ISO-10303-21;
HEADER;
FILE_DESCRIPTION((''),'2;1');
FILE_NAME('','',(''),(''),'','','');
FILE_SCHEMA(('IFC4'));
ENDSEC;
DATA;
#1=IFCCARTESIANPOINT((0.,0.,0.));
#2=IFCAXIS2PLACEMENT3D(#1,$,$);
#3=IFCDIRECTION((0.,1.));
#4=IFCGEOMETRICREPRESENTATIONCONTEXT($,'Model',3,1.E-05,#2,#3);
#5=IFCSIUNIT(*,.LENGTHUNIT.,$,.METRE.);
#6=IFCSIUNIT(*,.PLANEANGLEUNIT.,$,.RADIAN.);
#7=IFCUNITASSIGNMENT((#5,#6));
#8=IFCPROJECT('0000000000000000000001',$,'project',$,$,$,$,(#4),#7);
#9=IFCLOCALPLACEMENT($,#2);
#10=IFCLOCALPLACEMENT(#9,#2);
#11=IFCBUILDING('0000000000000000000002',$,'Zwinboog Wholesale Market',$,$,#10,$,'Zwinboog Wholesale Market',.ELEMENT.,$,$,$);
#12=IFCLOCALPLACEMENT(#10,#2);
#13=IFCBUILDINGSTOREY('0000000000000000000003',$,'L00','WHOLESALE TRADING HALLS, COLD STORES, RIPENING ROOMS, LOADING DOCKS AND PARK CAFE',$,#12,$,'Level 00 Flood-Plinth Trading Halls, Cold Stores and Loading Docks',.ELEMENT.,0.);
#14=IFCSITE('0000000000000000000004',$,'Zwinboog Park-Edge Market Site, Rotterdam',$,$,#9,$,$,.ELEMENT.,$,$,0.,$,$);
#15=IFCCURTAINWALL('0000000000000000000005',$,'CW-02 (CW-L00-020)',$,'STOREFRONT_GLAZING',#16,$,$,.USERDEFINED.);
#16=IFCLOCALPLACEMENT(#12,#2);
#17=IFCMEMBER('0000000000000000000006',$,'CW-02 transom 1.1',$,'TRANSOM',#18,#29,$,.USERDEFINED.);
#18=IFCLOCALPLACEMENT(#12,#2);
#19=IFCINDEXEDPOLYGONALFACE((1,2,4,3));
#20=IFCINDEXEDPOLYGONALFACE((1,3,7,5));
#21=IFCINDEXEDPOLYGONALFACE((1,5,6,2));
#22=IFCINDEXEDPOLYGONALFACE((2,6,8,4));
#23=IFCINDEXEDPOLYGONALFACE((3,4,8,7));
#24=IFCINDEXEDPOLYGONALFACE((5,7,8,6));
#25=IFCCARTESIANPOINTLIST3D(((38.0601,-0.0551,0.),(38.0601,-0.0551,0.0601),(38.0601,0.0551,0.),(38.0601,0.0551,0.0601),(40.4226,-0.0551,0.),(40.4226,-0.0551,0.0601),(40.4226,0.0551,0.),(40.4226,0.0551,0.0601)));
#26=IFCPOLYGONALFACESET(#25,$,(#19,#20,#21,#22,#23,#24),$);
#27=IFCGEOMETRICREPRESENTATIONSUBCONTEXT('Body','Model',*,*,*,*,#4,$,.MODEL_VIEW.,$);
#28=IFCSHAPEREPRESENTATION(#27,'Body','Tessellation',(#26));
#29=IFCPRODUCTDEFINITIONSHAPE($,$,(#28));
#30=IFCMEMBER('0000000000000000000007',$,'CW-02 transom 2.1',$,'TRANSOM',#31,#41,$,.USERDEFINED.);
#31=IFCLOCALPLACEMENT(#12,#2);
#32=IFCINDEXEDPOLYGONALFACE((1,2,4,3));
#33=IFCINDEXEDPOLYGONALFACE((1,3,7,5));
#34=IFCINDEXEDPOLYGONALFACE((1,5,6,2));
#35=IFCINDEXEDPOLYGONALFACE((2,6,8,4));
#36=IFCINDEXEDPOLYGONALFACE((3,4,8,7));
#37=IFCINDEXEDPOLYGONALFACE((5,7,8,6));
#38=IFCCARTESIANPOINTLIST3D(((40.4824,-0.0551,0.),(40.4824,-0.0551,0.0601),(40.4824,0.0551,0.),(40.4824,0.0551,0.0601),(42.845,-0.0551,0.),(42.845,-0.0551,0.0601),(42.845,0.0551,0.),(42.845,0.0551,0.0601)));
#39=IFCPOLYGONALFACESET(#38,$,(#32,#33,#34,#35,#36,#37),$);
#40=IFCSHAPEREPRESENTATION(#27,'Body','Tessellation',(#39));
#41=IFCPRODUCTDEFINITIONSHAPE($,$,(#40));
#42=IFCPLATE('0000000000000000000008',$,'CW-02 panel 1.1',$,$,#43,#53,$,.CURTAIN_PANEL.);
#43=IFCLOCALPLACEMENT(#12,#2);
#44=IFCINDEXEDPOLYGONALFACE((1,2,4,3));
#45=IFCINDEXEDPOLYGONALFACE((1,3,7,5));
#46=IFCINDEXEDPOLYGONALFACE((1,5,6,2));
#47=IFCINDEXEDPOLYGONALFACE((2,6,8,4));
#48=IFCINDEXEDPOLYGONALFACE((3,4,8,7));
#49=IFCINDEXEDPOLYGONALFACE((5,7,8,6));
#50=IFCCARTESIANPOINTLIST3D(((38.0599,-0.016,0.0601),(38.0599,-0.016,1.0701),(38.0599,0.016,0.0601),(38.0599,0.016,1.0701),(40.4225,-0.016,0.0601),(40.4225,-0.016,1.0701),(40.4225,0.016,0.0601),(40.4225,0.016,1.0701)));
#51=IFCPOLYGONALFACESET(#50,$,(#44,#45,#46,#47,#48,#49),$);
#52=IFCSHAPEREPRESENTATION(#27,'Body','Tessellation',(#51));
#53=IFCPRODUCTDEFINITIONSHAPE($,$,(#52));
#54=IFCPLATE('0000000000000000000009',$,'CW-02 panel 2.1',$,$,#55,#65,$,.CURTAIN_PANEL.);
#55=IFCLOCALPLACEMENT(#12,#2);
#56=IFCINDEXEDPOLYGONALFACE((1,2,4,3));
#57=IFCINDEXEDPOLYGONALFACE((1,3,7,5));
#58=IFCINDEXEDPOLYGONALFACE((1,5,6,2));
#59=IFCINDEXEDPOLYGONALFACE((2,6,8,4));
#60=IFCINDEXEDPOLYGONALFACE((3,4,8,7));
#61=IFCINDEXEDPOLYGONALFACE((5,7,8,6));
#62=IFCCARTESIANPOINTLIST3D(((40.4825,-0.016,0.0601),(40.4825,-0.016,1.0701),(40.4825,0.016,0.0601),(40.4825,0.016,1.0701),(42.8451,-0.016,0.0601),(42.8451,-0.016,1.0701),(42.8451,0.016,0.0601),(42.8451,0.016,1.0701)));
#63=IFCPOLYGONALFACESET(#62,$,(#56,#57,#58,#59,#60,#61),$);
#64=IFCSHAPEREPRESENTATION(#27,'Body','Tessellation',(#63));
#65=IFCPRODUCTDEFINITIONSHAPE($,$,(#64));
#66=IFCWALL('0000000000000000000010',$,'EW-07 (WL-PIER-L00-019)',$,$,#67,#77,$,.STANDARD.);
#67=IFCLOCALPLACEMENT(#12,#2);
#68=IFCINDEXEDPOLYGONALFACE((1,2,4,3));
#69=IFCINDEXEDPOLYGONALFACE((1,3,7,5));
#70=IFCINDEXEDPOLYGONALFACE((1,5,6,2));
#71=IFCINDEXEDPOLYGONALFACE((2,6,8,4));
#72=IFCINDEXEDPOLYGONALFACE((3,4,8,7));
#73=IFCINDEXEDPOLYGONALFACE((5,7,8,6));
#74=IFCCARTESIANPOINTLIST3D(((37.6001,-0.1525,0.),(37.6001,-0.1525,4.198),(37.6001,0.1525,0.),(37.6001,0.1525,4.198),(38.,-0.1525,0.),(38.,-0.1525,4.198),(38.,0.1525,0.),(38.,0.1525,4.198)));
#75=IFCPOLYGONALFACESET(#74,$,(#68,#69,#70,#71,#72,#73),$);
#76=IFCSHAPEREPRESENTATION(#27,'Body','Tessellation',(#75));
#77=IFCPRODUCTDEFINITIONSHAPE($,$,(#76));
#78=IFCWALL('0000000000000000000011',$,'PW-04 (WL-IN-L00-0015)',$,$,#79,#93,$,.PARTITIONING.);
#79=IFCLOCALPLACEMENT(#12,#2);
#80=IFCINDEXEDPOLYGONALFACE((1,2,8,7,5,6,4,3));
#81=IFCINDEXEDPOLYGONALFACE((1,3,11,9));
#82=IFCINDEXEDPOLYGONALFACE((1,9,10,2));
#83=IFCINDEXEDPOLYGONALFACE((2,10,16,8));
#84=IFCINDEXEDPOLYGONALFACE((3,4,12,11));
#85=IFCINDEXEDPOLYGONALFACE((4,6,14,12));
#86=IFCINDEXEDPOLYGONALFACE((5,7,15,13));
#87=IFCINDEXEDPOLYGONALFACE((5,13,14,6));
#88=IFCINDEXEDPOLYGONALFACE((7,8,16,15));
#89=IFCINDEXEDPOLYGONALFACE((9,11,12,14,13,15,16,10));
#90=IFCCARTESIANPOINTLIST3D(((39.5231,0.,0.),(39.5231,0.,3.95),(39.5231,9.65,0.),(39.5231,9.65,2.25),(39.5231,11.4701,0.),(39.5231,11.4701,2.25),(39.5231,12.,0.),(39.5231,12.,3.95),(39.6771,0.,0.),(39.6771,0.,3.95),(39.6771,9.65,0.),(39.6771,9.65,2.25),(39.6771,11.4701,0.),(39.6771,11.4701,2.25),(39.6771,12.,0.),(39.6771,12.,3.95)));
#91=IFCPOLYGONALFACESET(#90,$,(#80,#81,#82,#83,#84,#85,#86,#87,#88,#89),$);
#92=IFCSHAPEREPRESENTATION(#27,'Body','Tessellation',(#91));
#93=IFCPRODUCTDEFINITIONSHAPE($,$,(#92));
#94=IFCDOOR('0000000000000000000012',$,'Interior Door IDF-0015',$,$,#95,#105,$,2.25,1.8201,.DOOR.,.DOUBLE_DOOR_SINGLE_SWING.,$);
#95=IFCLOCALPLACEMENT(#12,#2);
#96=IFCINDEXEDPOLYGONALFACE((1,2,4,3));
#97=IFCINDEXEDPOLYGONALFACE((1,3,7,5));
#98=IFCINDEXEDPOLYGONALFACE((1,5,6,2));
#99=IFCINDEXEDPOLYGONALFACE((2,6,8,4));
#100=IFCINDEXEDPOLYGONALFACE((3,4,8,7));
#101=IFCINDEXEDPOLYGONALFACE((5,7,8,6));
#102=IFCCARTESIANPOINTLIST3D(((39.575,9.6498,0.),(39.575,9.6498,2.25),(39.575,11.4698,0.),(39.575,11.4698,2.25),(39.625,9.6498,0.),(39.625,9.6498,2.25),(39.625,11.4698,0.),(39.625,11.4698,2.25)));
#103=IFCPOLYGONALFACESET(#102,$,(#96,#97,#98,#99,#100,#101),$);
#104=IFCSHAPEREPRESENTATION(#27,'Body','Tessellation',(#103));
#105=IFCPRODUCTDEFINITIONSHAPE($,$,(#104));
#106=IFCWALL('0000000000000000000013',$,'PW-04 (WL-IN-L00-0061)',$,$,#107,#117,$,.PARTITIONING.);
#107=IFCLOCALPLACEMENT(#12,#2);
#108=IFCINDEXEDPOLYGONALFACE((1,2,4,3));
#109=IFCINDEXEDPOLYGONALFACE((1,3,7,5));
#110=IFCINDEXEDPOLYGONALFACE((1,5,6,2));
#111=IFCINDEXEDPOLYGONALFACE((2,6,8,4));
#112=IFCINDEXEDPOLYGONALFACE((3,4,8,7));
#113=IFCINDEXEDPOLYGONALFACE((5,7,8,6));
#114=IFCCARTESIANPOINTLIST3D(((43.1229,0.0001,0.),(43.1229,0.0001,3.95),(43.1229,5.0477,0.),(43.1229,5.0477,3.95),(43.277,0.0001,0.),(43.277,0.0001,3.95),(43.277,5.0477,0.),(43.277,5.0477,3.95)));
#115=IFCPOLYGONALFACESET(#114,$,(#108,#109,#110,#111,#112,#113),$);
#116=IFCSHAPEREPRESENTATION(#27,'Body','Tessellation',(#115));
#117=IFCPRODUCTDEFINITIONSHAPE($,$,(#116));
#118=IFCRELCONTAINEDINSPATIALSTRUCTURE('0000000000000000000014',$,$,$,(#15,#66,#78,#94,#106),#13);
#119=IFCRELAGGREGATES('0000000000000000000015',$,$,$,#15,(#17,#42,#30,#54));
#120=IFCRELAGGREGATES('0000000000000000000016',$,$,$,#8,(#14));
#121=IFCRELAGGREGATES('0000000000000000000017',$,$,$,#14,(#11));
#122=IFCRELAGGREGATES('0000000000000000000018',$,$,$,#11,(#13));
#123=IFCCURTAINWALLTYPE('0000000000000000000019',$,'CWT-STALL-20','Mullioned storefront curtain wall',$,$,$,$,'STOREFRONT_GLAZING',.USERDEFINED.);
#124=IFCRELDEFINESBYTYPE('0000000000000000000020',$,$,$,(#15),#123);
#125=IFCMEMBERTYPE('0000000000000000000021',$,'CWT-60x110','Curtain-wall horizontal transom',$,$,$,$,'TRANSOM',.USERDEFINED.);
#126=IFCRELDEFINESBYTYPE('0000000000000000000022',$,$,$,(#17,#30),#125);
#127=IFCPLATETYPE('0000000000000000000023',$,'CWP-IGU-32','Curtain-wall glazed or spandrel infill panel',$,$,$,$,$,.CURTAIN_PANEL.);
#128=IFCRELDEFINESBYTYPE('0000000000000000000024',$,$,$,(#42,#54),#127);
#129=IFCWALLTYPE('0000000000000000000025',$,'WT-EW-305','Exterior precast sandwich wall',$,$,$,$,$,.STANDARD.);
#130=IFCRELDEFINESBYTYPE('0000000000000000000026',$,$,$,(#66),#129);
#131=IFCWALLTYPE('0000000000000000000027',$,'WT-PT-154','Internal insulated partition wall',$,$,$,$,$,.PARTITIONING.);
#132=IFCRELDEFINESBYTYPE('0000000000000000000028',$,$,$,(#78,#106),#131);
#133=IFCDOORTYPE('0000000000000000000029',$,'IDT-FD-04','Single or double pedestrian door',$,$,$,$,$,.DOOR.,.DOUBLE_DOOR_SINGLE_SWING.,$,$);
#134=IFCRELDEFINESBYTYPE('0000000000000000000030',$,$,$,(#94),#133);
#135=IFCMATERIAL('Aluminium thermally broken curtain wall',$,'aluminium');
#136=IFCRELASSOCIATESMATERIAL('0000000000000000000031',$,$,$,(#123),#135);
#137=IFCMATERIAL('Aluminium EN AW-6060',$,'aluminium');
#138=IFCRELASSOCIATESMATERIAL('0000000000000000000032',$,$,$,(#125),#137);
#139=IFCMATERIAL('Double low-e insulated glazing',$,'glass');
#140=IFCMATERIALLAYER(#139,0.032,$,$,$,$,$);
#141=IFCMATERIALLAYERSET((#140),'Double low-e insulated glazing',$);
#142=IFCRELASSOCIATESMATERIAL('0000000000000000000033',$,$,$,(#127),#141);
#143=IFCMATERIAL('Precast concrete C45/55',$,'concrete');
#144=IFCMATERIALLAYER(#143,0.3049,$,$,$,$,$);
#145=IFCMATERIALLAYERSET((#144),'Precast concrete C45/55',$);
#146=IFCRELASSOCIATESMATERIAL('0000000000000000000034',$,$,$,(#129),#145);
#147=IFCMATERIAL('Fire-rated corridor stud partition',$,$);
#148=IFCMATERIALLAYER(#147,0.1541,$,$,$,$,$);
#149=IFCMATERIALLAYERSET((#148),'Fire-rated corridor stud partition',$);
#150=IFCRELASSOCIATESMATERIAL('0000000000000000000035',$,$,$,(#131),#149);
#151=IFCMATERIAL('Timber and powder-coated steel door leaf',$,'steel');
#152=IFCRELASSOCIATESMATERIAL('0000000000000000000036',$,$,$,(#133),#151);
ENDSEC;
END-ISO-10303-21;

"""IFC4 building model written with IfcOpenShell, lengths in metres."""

from ifc_helpers import new_model, si_unit, direction, frame, frame_2d, origin, origin_2d, place, context, subcontext, project, spatial, rectangle, extrude, material, layer, layer_set, material_profile, profile_set, type_object, element, fill, aggregate, save


model = new_model("IFC4")

# Units and contexts
model_context = context("Model", 3, precision=1e-05, world=origin(), true_north=direction((0.0, 1.0)))
body_context = subcontext(model_context, "Body", "Model", "MODEL_VIEW")
ifc_project = project(units=[si_unit("LENGTHUNIT", "METRE"), si_unit("PLANEANGLEUNIT", "RADIAN")], contexts=[model_context])

# Site, building, storey
site_placement = place(None, origin())
site = spatial("IfcSite", under=ifc_project, at=site_placement, Name="Zwinboog Park-Edge Market Site, Rotterdam", CompositionType="ELEMENT", RefElevation=0.0)
building_placement = place(site_placement, origin())
building = spatial("IfcBuilding", under=site, at=building_placement, Name="Zwinboog Wholesale Market", LongName="Zwinboog Wholesale Market", CompositionType="ELEMENT")
storey_placement = place(building_placement, origin())
storey = spatial("IfcBuildingStorey", under=building, at=storey_placement, Name="L00", Description="WHOLESALE TRADING HALLS, COLD STORES, RIPENING ROOMS, LOADING DOCKS AND PARK CAFE", LongName="Level 00 Flood-Plinth Trading Halls, Cold Stores and Loading Docks", CompositionType="ELEMENT", Elevation=0.0)

# Shared definitions
ifc_material_1 = material(Name="Precast concrete C45/55", Category="concrete")

# Curtain wall
ifc_material_2 = material(Name="Aluminium thermally broken curtain wall", Category="aluminium")
ifc_material_3 = material(Name="Aluminium EN AW-6060", Category="aluminium")
curtain_wall_type_1 = type_object("IfcCurtainWallType", Name="CWT-STALL-20", Description="Mullioned storefront curtain wall", ElementType="STOREFRONT_GLAZING", PredefinedType="USERDEFINED", material=ifc_material_2)
curtain_wall_1_placement = place(storey_placement, origin())
curtain_wall_1 = element("IfcCurtainWall", 1, at=curtain_wall_1_placement, inside=storey, type_object=curtain_wall_type_1, Name="CW-02 (CW-L00-020)", ObjectType="STOREFRONT_GLAZING", PredefinedType="USERDEFINED")

# Members
ifc_material_profile_1 = material_profile(ifc_material_3, rectangle(XDim=0.1101, YDim=0.0601, at=origin_2d()), Name="AL 60x110")
ifc_profile_set_1 = profile_set([ifc_material_profile_1], Name="Aluminium EN AW-6060")
member_type_1 = type_object("IfcMemberType", Name="CWT-60x110", Description="Curtain-wall horizontal transom", ElementType="TRANSOM", PredefinedType="USERDEFINED", material=ifc_profile_set_1)
member_1_placement = place(storey_placement, frame((38.0601, 0.0, 0.03), z_axis=(1.0, 0.0, 0.0), x_axis=(0.0, 1.0, 0.0)))
member_1 = element("IfcMember", 2, at=member_1_placement, type_object=member_type_1, Name="CW-02 transom 1.1", ObjectType="TRANSOM", PredefinedType="USERDEFINED", context=body_context, shape_type="SweptSolid", body=[
    extrude(rectangle(XDim=0.1101, YDim=0.0601, at=origin_2d()), origin(), (0.0, 0.0, 1.0), 2.3625),
])
member_2_placement = place(storey_placement, frame((40.4824, 0.0, 0.03), z_axis=(1.0, 0.0, 0.0), x_axis=(0.0, 1.0, 0.0)))
member_2 = element("IfcMember", 3, at=member_2_placement, type_object=member_type_1, Name="CW-02 transom 2.1", ObjectType="TRANSOM", PredefinedType="USERDEFINED", context=body_context, shape_type="SweptSolid", body=[
    extrude(rectangle(XDim=0.1101, YDim=0.0601, at=origin_2d()), origin(), (0.0, 0.0, 1.0), 2.3625),
])

# Plates
ifc_material_4 = material(Name="Double low-e insulated glazing", Category="glass")
ifc_layer_1 = layer(ifc_material_4, 0.032)
ifc_layer_set_1 = layer_set([ifc_layer_1], Name="Double low-e insulated glazing")
plate_type = type_object("IfcPlateType", Name="CWP-IGU-32", Description="Curtain-wall glazed or spandrel infill panel", PredefinedType="CURTAIN_PANEL", material=ifc_layer_set_1)
plate_1_placement = place(storey_placement, frame((39.2412, 0.0, 0.0601), z_axis=(0.0, 0.0, 1.0), x_axis=(1.0, 0.0, 0.0)))
plate_1 = element("IfcPlate", 4, at=plate_1_placement, type_object=plate_type, Name="CW-02 panel 1.1", PredefinedType="CURTAIN_PANEL", context=body_context, shape_type="SweptSolid", body=[
    extrude(rectangle(XDim=2.3625, YDim=0.032, at=origin_2d()), origin(), (0.0, 0.0, 1.0), 1.01),
])
plate_2_placement = place(storey_placement, frame((41.6638, 0.0, 0.0601), z_axis=(0.0, 0.0, 1.0), x_axis=(1.0, 0.0, 0.0)))
plate_2 = element("IfcPlate", 5, at=plate_2_placement, type_object=plate_type, Name="CW-02 panel 2.1", PredefinedType="CURTAIN_PANEL", context=body_context, shape_type="SweptSolid", body=[
    extrude(rectangle(XDim=2.3625, YDim=0.032, at=origin_2d()), origin(), (0.0, 0.0, 1.0), 1.01),
])
aggregate(curtain_wall_1, [member_1, plate_1, member_2, plate_2])

# Wall
ifc_layer_2 = layer(ifc_material_1, 0.3049)
ifc_layer_set_2 = layer_set([ifc_layer_2], Name="Precast concrete C45/55")
wall_type_1 = type_object("IfcWallType", Name="WT-EW-305", Description="Exterior precast sandwich wall", PredefinedType="STANDARD", material=ifc_layer_set_2)
wall_1_placement = place(storey_placement, frame((37.6001, 0.0, 0.0), z_axis=(0.0, 0.0, 1.0), x_axis=(1.0, 0.0, 0.0)))
element("IfcWall", 6, at=wall_1_placement, inside=storey, type_object=wall_type_1, Name="EW-07 (WL-PIER-L00-019)", PredefinedType="STANDARD", context=body_context, shape_type="SweptSolid", body=[
    extrude(rectangle(XDim=0.3999, YDim=0.3049, at=frame_2d((0.2, 0.0))), origin(), (0.0, 0.0, 1.0), 4.198),
])

# Wall, opening, door
ifc_material_5 = material(Name="Fire-rated corridor stud partition")
ifc_layer_3 = layer(ifc_material_5, 0.1541)
ifc_layer_set_3 = layer_set([ifc_layer_3], Name="Fire-rated corridor stud partition")
wall_type_2 = type_object("IfcWallType", Name="WT-PT-154", Description="Internal insulated partition wall", PredefinedType="PARTITIONING", material=ifc_layer_set_3)
wall_2_placement = place(storey_placement, frame((39.6001, 0.0, 0.0), z_axis=(0.0, 0.0, 1.0), x_axis=(0.0, 1.0, 0.0)))
wall_2 = element("IfcWall", 7, at=wall_2_placement, inside=storey, type_object=wall_type_2, Name="PW-04 (WL-IN-L00-0015)", PredefinedType="PARTITIONING", context=body_context, shape_type="SweptSolid", body=[
    extrude(rectangle(XDim=12.0, YDim=0.1541, at=frame_2d((6.0, 0.0))), origin(), (0.0, 0.0, 1.0), 3.95),
])
opening_placement = place(wall_2_placement, frame((9.6499, 0.0, 0.0)))
opening = element("IfcOpeningElement", 8, at=opening_placement, cuts=wall_2, PredefinedType="OPENING", context=body_context, shape_type="SweptSolid", body=[
    extrude(rectangle(XDim=1.8201, YDim=2.25, at=frame_2d((0.9102, 1.125))), frame((0.0, 0.0869, 0.0), z_axis=(0.0, -1.0, 0.0), x_axis=(1.0, 0.0, 0.0)), (0.0, 0.0, 1.0), 0.1741),
])
ifc_material_6 = material(Name="Timber and powder-coated steel door leaf", Category="steel")
door_type = type_object("IfcDoorType", Name="IDT-FD-04", Description="Single or double pedestrian door", OperationType="DOUBLE_DOOR_SINGLE_SWING", PredefinedType="DOOR", material=ifc_material_6)
door_placement = place(opening_placement, frame((1.8201, 0.0, 0.0), z_axis=(0.0, 0.0, 1.0), x_axis=(-1.0, 0.0, 0.0)))
door = element("IfcDoor", 9, at=door_placement, inside=storey, type_object=door_type, Name="Interior Door IDF-0015", OperationType="DOUBLE_DOOR_SINGLE_SWING", OverallHeight=2.25, OverallWidth=1.8201, PredefinedType="DOOR", context=body_context, shape_type="SweptSolid", body=[
    extrude(rectangle(XDim=1.8201, YDim=2.25, at=frame_2d((0.9102, 1.125))), frame((0.0, 0.0249, 0.0), z_axis=(0.0, -1.0, 0.0), x_axis=(1.0, 0.0, 0.0)), (0.0, 0.0, 1.0), 0.05),
])
fill(opening, door)

# Wall
wall_3_placement = place(storey_placement, frame((43.2, 0.0, 0.0), z_axis=(0.0, 0.0, 1.0), x_axis=(0.0, 1.0, 0.0)))
element("IfcWall", 10, at=wall_3_placement, inside=storey, type_object=wall_type_2, Name="PW-04 (WL-IN-L00-0061)", PredefinedType="PARTITIONING", context=body_context, shape_type="SweptSolid", body=[
    extrude(rectangle(XDim=5.0476, YDim=0.1541, at=frame_2d((2.5239, 0.0))), origin(), (0.0, 0.0, 1.0), 3.95),
])

save(model, "model.ifc")
